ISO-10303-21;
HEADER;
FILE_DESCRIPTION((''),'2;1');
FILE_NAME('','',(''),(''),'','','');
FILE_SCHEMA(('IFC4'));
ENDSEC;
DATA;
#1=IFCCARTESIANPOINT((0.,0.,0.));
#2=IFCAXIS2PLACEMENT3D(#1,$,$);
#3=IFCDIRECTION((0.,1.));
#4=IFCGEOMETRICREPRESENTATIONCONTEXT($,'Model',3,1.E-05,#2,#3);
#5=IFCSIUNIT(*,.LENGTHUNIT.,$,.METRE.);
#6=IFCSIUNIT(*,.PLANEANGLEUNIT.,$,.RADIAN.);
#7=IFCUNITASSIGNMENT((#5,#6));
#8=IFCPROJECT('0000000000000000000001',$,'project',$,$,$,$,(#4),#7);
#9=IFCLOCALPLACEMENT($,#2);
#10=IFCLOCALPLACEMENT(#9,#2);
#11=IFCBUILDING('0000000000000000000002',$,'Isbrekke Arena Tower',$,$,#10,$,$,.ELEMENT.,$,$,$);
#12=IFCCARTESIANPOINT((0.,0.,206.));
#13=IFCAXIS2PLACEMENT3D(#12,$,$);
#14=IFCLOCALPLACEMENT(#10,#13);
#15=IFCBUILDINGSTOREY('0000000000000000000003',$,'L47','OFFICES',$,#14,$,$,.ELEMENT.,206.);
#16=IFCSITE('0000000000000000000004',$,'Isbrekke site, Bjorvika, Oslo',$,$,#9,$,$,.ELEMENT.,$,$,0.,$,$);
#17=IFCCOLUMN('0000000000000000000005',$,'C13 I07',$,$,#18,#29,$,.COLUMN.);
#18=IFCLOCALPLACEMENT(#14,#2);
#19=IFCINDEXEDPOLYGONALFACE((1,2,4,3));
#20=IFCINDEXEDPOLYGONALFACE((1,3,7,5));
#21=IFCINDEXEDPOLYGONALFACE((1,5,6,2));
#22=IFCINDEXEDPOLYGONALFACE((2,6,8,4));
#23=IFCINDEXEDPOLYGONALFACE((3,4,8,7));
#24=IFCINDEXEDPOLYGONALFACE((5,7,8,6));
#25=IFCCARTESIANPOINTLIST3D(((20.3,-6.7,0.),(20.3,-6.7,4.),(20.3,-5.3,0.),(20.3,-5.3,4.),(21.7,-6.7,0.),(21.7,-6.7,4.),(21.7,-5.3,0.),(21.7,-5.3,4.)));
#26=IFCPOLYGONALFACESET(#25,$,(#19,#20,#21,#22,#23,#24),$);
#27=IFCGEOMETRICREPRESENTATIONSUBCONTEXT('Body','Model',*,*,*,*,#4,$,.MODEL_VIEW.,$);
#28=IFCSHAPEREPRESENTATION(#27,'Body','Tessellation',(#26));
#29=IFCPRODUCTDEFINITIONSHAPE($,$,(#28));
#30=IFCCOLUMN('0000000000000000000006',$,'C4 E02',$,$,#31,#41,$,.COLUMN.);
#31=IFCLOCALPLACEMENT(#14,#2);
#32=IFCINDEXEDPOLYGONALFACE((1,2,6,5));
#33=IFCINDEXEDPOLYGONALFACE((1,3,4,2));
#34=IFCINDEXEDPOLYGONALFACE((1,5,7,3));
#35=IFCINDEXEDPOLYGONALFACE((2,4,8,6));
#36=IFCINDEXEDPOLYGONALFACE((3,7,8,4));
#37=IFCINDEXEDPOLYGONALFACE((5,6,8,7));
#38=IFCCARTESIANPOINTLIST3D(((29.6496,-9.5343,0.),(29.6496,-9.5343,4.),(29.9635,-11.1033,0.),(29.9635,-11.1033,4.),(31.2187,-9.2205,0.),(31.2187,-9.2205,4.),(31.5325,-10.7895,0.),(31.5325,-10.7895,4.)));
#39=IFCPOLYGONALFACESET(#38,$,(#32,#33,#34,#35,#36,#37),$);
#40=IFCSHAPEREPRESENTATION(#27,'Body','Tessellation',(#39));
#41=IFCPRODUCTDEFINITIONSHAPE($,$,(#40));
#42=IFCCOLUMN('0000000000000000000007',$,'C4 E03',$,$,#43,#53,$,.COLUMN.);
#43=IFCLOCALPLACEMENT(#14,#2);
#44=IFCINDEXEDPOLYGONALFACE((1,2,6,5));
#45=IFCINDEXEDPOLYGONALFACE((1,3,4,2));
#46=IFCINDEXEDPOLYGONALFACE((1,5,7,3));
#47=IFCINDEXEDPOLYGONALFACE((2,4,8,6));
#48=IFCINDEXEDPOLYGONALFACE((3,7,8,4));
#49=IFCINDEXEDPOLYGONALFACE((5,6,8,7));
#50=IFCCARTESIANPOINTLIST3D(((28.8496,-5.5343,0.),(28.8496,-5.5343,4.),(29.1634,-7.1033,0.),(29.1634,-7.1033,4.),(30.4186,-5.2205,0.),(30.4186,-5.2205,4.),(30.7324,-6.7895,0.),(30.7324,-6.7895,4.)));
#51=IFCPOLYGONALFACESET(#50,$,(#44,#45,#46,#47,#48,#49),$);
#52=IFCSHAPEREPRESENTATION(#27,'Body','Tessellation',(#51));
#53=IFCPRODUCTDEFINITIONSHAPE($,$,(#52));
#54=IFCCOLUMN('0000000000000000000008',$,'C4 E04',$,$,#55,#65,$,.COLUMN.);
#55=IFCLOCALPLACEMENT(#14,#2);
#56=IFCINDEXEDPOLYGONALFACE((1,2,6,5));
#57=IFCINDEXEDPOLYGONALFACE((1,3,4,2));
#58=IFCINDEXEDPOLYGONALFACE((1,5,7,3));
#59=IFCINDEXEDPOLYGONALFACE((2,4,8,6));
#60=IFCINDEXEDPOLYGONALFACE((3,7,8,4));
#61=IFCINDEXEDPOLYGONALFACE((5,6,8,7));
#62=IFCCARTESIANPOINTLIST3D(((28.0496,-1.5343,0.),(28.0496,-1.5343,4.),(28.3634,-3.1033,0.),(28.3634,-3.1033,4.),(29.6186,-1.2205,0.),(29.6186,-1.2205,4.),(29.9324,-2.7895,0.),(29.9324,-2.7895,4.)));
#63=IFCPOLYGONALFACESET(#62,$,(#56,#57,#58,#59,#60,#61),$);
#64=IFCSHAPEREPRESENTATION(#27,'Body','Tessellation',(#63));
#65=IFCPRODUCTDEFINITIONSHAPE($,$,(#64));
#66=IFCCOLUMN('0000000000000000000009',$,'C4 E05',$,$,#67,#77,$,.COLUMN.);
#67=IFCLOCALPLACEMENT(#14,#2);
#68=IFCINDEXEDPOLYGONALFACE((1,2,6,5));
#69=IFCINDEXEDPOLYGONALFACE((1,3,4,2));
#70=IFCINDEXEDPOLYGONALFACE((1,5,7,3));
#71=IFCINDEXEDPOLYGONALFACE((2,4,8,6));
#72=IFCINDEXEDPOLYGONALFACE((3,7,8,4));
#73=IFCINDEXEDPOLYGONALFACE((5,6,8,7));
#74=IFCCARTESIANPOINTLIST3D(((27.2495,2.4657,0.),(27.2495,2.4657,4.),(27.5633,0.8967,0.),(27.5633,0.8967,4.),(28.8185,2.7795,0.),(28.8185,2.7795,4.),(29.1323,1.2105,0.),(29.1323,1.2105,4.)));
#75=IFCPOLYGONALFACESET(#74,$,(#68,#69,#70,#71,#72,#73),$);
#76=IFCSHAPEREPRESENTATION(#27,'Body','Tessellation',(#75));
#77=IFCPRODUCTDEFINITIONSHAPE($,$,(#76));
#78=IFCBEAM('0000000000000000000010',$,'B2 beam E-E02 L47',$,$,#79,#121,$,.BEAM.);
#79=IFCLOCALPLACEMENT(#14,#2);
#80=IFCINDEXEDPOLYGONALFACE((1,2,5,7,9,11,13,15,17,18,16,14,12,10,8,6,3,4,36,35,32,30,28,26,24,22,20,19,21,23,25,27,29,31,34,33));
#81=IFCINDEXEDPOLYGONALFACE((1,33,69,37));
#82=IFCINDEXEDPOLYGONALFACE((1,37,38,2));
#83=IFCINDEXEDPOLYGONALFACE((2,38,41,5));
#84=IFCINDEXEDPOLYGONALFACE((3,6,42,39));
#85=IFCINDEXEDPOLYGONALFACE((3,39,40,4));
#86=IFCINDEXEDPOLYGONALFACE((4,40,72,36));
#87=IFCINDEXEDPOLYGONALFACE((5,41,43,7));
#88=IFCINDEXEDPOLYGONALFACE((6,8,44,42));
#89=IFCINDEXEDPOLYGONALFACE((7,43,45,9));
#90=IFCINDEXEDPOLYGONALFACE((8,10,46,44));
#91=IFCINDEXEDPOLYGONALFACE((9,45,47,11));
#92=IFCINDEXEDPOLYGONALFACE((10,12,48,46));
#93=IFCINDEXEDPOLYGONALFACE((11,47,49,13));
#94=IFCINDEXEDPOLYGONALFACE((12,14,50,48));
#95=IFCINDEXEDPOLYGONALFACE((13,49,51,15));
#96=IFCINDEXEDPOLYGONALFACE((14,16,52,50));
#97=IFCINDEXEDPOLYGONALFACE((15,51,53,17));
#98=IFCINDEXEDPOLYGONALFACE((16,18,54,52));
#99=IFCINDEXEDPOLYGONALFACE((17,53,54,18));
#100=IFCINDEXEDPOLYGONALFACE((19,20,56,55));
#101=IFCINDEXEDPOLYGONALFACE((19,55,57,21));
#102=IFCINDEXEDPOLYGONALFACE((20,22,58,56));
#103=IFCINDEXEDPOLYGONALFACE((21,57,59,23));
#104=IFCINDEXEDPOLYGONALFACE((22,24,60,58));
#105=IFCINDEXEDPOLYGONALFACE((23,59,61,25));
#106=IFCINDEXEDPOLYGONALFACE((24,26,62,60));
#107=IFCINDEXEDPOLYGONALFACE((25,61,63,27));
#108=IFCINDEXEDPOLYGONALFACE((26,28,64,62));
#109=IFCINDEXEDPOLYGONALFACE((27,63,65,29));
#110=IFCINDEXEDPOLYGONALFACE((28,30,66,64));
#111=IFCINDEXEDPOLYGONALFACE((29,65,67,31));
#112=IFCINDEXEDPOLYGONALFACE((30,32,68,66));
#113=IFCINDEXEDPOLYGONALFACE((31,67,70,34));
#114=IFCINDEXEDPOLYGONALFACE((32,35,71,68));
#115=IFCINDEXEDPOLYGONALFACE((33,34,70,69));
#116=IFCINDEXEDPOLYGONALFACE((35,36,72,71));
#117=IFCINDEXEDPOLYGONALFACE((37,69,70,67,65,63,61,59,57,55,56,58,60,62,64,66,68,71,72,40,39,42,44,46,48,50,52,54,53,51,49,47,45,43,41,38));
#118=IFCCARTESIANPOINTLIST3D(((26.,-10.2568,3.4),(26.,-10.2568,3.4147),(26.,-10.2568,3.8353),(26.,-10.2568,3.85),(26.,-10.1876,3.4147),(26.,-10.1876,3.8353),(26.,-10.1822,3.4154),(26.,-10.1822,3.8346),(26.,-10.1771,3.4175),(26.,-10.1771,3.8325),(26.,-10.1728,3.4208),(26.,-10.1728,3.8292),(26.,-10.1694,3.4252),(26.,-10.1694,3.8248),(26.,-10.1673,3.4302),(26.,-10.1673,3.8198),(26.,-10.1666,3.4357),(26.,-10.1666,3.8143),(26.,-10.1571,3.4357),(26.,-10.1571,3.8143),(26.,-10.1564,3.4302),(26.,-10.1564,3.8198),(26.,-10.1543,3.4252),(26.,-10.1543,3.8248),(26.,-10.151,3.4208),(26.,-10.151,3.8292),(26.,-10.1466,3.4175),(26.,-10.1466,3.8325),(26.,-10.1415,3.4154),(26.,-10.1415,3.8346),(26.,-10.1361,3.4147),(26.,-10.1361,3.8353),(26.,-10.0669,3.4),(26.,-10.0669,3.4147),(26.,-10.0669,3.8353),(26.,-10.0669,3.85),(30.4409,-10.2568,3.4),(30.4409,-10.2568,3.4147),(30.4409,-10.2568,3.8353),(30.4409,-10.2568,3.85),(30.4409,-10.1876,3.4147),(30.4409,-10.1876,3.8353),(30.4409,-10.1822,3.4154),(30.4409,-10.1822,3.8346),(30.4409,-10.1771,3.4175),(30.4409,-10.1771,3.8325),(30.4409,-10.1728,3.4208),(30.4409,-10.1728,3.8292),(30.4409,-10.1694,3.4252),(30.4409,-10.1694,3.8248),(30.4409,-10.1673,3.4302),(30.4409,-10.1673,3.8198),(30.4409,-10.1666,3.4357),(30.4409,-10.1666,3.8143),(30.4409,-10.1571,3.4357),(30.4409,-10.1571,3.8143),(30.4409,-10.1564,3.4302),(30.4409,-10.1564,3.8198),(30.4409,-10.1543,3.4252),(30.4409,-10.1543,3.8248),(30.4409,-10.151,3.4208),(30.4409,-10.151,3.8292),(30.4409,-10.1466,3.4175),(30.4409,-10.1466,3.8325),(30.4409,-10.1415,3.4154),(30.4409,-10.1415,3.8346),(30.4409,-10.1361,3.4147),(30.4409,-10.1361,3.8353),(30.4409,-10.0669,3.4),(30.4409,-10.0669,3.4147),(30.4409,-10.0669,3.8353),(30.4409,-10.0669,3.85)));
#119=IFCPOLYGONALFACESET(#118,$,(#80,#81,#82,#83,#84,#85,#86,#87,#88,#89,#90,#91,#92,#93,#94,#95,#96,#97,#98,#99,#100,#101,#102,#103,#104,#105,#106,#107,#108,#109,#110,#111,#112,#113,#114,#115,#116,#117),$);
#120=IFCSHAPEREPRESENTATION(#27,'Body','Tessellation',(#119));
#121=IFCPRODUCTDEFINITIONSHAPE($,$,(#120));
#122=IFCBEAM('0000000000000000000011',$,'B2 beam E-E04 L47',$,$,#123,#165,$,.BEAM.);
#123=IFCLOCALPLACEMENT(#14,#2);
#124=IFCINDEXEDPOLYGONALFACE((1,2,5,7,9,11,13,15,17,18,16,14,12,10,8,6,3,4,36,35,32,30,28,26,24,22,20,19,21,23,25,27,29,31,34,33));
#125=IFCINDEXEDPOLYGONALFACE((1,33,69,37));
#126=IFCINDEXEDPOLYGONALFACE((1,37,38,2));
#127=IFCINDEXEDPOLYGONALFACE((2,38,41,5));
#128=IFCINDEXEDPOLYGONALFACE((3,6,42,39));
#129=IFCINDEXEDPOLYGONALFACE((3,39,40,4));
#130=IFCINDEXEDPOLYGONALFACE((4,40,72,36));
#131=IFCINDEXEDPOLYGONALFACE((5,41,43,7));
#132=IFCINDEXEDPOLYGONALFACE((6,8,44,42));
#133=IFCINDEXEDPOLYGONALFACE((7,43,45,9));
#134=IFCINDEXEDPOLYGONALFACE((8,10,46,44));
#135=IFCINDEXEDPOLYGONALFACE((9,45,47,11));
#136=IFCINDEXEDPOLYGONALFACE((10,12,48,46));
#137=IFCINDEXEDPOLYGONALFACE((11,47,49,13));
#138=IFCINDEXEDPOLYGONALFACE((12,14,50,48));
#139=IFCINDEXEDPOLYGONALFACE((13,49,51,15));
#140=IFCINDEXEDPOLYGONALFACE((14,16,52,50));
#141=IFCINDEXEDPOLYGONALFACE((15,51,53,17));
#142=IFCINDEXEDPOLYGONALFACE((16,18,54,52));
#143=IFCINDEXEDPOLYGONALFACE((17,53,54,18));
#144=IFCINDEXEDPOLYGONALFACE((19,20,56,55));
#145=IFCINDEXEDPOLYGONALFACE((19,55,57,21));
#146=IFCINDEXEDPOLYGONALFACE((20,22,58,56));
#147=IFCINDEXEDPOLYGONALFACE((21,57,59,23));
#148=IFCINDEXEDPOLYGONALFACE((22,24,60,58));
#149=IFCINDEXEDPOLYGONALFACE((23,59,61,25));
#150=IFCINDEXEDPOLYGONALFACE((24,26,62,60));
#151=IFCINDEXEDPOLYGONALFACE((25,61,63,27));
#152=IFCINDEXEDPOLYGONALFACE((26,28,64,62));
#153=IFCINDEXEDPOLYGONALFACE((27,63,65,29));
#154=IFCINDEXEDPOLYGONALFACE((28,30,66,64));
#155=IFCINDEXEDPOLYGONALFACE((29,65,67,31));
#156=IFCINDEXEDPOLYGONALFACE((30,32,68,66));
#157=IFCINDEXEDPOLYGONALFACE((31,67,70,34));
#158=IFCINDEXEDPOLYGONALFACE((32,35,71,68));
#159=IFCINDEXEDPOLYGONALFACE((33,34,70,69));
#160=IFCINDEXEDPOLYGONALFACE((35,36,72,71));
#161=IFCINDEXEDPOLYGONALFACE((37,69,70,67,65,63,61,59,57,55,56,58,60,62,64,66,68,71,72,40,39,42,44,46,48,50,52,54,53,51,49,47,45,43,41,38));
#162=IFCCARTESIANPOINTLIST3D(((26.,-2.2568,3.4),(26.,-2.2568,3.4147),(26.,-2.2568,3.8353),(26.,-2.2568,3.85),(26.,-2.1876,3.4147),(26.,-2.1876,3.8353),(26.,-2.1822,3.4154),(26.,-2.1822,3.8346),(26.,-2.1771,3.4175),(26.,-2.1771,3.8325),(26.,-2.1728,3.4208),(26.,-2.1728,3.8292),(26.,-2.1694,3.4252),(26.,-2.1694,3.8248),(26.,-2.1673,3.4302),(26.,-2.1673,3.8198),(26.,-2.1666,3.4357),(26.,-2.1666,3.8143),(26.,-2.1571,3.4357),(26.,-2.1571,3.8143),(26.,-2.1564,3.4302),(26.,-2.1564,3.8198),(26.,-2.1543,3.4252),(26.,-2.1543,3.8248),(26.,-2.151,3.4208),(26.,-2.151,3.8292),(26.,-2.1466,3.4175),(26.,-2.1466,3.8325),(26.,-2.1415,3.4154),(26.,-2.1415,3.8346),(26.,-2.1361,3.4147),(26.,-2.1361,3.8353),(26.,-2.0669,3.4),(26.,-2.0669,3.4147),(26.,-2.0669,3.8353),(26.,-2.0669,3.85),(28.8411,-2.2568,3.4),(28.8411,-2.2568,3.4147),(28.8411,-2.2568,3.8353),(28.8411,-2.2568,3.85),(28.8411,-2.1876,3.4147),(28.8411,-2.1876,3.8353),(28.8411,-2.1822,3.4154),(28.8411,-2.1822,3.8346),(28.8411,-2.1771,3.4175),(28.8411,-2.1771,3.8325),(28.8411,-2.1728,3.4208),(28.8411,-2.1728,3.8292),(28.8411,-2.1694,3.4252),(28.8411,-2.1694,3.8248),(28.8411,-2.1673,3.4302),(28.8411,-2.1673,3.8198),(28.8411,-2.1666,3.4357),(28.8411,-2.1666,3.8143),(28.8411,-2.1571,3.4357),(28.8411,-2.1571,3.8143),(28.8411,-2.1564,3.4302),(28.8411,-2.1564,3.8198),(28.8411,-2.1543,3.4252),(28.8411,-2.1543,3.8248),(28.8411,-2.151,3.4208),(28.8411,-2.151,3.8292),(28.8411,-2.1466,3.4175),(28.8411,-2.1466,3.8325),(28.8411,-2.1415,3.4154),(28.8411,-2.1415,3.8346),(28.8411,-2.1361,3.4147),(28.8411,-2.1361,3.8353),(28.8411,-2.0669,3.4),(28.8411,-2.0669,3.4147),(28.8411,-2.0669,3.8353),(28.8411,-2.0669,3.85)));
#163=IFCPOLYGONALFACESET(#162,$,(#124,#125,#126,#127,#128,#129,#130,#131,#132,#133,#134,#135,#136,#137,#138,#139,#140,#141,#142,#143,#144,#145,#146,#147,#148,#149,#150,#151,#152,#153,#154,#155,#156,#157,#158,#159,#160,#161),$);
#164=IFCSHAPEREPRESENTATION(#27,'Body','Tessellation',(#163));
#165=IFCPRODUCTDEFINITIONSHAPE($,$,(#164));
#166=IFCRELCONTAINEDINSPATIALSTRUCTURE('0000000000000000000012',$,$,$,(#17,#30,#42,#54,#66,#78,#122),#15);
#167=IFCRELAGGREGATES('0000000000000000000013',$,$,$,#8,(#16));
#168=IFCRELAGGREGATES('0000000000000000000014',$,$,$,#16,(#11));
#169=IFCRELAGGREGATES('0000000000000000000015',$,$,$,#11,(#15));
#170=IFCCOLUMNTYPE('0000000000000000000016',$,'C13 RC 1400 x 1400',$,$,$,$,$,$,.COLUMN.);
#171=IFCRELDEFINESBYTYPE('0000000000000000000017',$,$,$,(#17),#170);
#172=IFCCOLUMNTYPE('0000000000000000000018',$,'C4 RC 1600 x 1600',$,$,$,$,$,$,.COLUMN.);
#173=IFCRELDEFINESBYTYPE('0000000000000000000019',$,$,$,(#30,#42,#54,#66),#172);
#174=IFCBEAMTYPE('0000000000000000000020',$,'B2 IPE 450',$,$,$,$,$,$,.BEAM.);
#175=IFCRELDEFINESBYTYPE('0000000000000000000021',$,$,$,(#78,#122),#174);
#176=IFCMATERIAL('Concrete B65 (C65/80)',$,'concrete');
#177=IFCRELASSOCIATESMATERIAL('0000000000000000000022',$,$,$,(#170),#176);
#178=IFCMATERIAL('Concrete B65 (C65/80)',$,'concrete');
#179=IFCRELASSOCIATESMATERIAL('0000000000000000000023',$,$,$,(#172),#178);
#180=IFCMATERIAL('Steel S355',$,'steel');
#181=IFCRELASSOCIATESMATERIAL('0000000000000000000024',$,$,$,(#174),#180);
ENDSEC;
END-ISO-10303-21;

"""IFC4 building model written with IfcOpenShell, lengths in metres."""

from ifc_helpers import new_model, si_unit, direction, frame, origin, origin_2d, place, context, subcontext, project, spatial, rectangle, i_section, extrude, material, material_profile, profile_set, type_object, element, save


model = new_model("IFC4")

# Units and contexts
model_context = context("Model", 3, precision=1e-05, world=origin(), true_north=direction((0.0, 1.0)))
body_context = subcontext(model_context, "Body", "Model", "MODEL_VIEW")
ifc_project = project(units=[si_unit("LENGTHUNIT", "METRE"), si_unit("PLANEANGLEUNIT", "RADIAN")], contexts=[model_context])

# Site, building, storey
site_placement = place(None, origin())
site = spatial("IfcSite", under=ifc_project, at=site_placement, Name="Isbrekke site, Bjorvika, Oslo", CompositionType="ELEMENT", RefElevation=0.0)
building_placement = place(site_placement, origin())
building = spatial("IfcBuilding", under=site, at=building_placement, Name="Isbrekke Arena Tower", CompositionType="ELEMENT")
storey_placement = place(building_placement, frame((0.0, 0.0, 206.0)))
storey = spatial("IfcBuildingStorey", under=building, at=storey_placement, Name="L47", Description="OFFICES", CompositionType="ELEMENT", Elevation=206.0)

# Columns
ifc_material_1 = material(Name="Concrete B65 (C65/80)", Category="concrete")
ifc_material_profile_1 = material_profile(ifc_material_1, rectangle(XDim=1.3999, YDim=1.3999, at=origin_2d()), Name="RC 1400x1400")
ifc_profile_set_1 = profile_set([ifc_material_profile_1], Name="Concrete B65 (C65/80)")
column_type_1 = type_object("IfcColumnType", Name="C13 RC 1400 x 1400", PredefinedType="COLUMN", material=ifc_profile_set_1)
column_placement = place(storey_placement, frame((21.0, -6.0, 0.0), z_axis=(0.0, 0.0, 1.0), x_axis=(1.0, 0.0, 0.0)))
element("IfcColumn", 1, at=column_placement, inside=storey, type_object=column_type_1, Name="C13 I07", PredefinedType="COLUMN", context=body_context, shape_type="SweptSolid", body=[
    extrude(rectangle(XDim=1.3999, YDim=1.3999, at=origin_2d()), origin(), (0.0, 0.0, 1.0), 4.0),
])
ifc_material_2 = material(Name="Concrete B65 (C65/80)", Category="concrete")
ifc_material_profile_2 = material_profile(ifc_material_2, rectangle(XDim=1.6001, YDim=1.6001, at=origin_2d()), Name="RC 1600x1600")
ifc_profile_set_2 = profile_set([ifc_material_profile_2], Name="Concrete B65 (C65/80)")
column_type_2 = type_object("IfcColumnType", Name="C4 RC 1600 x 1600", PredefinedType="COLUMN", material=ifc_profile_set_2)
for number, where, z_axis, x_axis, name in (
    (2, (30.5911, -10.1619, 0.0), (0.0, 0.0, 1.0), (-0.196116, 0.980581, 0.0), "C4 E02"),
    (3, (29.791, -6.1619, 0.0), (0.0, 0.0, 1.0), (-0.196116, 0.980581, 0.0), "C4 E03"),
    (4, (28.991, -2.1619, 0.0), (0.0, 0.0, 1.0), (-0.196116, 0.980581, 0.0), "C4 E04"),
    (5, (28.1909, 1.8381, 0.0), (0.0, 0.0, 1.0), (-0.196116, 0.980581, 0.0), "C4 E05"),
):
    element("IfcColumn", number, at=place(storey_placement, frame(where, z_axis=z_axis, x_axis=x_axis)), inside=storey, type_object=column_type_2, Name=name, PredefinedType="COLUMN", context=body_context, shape_type="SweptSolid", body=[
        extrude(rectangle(XDim=1.6001, YDim=1.6001, at=origin_2d()), origin(), (0.0, 0.0, 1.0), 4.0),
    ])

# Beams
ifc_material_3 = material(Name="Steel S355", Category="steel")
ifc_material_profile_3 = material_profile(ifc_material_3, i_section(OverallWidth=0.1899, OverallDepth=0.45, WebThickness=0.0095, FlangeThickness=0.0146, FilletRadius=0.021, at=origin_2d()), Name="IPE 450")
ifc_profile_set_3 = profile_set([ifc_material_profile_3], Name="Steel S355")
beam_type_1 = type_object("IfcBeamType", Name="B2 IPE 450", PredefinedType="BEAM", material=ifc_profile_set_3)
beam_1_placement = place(storey_placement, frame((30.4409, -10.1619, 3.625), z_axis=(-1.0, 0.0, 0.0), x_axis=(0.0, -1.0, 0.0)))
element("IfcBeam", 6, at=beam_1_placement, inside=storey, type_object=beam_type_1, Name="B2 beam E-E02 L47", PredefinedType="BEAM", context=body_context, shape_type="SweptSolid", body=[
    extrude(i_section(OverallWidth=0.1899, OverallDepth=0.45, WebThickness=0.0095, FlangeThickness=0.0146, FilletRadius=0.021, at=origin_2d()), origin(), (0.0, 0.0, 1.0), 4.4409),
])
beam_2_placement = place(storey_placement, frame((28.8411, -2.1619, 3.625), z_axis=(-1.0, 0.0, 0.0), x_axis=(0.0, -1.0, 0.0)))
element("IfcBeam", 7, at=beam_2_placement, inside=storey, type_object=beam_type_1, Name="B2 beam E-E04 L47", PredefinedType="BEAM", context=body_context, shape_type="SweptSolid", body=[
    extrude(i_section(OverallWidth=0.1899, OverallDepth=0.45, WebThickness=0.0095, FlangeThickness=0.0146, FilletRadius=0.021, at=origin_2d()), origin(), (0.0, 0.0, 1.0), 2.8411),
])

save(model, "model.ifc")
